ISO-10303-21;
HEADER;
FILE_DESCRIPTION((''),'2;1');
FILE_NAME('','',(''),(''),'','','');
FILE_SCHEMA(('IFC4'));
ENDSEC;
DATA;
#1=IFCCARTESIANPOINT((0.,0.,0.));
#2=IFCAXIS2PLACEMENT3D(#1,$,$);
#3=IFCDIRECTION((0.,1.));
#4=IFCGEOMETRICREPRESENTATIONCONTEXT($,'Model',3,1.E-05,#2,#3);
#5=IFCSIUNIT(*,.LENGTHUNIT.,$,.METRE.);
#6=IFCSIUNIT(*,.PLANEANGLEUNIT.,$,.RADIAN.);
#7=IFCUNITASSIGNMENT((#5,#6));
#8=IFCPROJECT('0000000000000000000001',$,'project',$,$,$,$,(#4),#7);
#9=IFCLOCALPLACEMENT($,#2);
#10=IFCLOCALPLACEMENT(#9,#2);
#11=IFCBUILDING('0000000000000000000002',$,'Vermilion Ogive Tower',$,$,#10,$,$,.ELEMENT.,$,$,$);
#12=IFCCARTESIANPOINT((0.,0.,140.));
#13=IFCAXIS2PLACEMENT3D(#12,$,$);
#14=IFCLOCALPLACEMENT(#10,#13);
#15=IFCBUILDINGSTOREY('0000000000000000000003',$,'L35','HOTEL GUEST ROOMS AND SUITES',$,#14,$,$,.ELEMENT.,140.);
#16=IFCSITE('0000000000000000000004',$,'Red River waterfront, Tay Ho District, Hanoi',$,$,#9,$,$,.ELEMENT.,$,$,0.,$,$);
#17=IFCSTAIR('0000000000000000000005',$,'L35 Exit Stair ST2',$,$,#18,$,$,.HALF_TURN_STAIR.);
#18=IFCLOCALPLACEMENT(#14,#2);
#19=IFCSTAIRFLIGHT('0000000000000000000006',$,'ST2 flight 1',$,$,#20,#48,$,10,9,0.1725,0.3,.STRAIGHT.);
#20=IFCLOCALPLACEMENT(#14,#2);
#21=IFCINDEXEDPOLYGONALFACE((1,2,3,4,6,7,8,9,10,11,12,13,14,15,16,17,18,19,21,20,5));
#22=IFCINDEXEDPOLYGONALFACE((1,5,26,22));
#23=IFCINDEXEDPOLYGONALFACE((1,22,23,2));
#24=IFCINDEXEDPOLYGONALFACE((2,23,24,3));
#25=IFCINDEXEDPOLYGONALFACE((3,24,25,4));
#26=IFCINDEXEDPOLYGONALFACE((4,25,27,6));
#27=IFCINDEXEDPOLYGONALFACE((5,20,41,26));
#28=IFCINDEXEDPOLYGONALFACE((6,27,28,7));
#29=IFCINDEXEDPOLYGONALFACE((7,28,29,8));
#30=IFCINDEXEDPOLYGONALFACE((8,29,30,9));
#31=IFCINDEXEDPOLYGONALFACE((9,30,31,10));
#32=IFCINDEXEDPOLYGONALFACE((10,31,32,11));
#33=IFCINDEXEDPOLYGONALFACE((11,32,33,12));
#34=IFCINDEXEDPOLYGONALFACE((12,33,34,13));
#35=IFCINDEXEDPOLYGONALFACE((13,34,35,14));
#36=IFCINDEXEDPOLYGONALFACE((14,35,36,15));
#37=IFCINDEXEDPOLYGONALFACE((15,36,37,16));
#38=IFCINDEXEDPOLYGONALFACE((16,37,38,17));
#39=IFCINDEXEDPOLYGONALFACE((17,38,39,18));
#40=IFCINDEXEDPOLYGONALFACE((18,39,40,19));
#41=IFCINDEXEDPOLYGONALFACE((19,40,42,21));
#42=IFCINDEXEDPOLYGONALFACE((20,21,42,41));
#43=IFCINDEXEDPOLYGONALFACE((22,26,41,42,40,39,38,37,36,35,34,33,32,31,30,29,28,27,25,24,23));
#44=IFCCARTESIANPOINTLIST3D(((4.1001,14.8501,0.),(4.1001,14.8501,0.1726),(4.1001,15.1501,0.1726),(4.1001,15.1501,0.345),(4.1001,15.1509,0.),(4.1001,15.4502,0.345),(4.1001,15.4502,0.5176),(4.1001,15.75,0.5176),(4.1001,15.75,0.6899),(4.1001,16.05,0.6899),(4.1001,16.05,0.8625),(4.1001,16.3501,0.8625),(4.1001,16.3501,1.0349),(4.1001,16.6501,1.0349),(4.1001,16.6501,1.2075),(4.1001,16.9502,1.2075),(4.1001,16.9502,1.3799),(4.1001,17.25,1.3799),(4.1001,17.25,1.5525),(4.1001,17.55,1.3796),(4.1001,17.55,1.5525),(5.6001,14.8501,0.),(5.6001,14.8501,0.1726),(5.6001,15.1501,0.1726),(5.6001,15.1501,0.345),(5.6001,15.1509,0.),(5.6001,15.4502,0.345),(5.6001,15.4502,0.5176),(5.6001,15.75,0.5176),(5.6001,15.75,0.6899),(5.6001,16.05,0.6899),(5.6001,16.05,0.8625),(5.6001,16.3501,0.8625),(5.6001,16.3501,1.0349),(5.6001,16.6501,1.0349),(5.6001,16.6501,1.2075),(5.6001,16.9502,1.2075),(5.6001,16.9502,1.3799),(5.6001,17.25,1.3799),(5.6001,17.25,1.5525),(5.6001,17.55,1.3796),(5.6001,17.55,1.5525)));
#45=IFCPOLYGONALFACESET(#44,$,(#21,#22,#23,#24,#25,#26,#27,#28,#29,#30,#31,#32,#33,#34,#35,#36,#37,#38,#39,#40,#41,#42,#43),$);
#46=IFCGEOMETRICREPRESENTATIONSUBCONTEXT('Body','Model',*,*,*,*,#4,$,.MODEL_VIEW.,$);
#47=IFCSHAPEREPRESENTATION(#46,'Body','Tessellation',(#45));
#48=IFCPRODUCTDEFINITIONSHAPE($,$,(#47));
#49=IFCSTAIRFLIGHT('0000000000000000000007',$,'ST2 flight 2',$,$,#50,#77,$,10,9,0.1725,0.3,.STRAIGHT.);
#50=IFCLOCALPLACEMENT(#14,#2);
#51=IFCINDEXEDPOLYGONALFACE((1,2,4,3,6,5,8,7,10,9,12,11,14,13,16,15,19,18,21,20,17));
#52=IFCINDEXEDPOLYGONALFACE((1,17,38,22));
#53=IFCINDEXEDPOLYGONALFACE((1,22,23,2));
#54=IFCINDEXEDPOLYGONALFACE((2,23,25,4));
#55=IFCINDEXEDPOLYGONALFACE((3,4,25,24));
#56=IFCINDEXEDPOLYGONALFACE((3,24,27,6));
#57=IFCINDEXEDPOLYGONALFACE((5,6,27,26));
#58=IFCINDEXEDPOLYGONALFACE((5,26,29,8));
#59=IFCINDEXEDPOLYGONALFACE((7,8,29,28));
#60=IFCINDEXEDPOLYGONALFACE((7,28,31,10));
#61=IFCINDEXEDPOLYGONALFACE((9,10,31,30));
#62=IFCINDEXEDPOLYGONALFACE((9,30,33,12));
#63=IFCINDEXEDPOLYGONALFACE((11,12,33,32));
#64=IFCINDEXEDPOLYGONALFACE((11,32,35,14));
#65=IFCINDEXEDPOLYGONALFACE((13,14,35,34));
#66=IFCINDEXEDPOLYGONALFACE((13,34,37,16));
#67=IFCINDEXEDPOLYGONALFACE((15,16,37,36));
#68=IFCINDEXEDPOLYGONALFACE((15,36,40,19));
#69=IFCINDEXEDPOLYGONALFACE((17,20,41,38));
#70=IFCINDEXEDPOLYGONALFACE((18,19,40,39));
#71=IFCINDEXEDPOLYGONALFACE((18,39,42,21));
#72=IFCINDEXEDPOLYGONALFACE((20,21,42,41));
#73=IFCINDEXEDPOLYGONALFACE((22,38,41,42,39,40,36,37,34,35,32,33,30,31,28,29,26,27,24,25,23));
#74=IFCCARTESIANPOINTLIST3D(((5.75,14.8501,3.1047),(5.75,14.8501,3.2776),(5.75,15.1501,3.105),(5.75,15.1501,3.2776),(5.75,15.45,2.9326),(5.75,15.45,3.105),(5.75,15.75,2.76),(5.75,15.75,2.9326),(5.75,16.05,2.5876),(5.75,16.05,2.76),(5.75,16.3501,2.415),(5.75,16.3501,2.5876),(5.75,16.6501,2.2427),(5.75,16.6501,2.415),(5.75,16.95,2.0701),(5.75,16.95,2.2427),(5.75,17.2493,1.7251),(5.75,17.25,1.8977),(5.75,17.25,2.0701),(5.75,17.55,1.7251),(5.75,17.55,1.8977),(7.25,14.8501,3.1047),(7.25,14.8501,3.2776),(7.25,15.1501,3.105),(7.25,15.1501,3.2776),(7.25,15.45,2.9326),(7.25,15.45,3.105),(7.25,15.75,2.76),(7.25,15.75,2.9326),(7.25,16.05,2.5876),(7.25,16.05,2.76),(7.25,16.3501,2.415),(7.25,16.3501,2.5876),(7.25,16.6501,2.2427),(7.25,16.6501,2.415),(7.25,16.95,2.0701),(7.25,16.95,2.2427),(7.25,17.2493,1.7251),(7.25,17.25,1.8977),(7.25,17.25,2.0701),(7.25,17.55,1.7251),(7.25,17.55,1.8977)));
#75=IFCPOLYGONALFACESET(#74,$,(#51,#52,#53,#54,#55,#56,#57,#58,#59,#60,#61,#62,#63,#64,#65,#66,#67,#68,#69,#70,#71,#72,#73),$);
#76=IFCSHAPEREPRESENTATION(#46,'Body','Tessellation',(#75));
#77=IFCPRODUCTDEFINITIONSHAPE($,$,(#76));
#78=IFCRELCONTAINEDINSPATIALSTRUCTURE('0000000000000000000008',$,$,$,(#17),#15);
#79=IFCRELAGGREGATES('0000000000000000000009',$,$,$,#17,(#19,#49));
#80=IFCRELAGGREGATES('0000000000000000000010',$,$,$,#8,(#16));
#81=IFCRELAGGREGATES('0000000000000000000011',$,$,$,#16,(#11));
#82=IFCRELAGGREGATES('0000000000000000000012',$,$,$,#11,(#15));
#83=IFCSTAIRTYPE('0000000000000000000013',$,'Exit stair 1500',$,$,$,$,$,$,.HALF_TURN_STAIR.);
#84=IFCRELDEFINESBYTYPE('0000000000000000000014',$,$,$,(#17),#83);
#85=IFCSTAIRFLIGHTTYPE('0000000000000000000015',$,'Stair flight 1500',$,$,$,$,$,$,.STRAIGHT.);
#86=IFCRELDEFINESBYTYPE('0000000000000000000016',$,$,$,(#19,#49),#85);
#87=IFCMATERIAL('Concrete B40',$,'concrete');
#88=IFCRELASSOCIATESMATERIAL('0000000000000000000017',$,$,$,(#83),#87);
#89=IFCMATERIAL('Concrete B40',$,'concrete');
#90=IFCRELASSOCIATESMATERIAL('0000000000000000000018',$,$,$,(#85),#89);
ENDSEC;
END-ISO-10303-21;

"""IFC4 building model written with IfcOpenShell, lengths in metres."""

from ifc_helpers import new_model, si_unit, direction, frame, origin, place, context, subcontext, project, spatial, polyline, outline, extrude, material, type_object, element, aggregate, save


model = new_model("IFC4")

# Units and contexts
model_context = context("Model", 3, precision=1e-05, world=origin(), true_north=direction((0.0, 1.0)))
body_context = subcontext(model_context, "Body", "Model", "MODEL_VIEW")
ifc_project = project(units=[si_unit("LENGTHUNIT", "METRE"), si_unit("PLANEANGLEUNIT", "RADIAN")], contexts=[model_context])

# Site, building, storey
site_placement = place(None, origin())
site = spatial("IfcSite", under=ifc_project, at=site_placement, Name="Red River waterfront, Tay Ho District, Hanoi", CompositionType="ELEMENT", RefElevation=0.0)
building_placement = place(site_placement, origin())
building = spatial("IfcBuilding", under=site, at=building_placement, Name="Vermilion Ogive Tower", CompositionType="ELEMENT")
storey_placement = place(building_placement, frame((0.0, 0.0, 140.0)))
storey = spatial("IfcBuildingStorey", under=building, at=storey_placement, Name="L35", Description="HOTEL GUEST ROOMS AND SUITES", CompositionType="ELEMENT", Elevation=140.0)

# Stair, stair flights
ifc_material_1 = material(Name="Concrete B40", Category="concrete")
stair_type = type_object("IfcStairType", Name="Exit stair 1500", PredefinedType="HALF_TURN_STAIR", material=ifc_material_1)
stair_placement = place(storey_placement, origin())
stair = element("IfcStair", 1, at=stair_placement, inside=storey, type_object=stair_type, Name="L35 Exit Stair ST2", PredefinedType="HALF_TURN_STAIR")
ifc_material_2 = material(Name="Concrete B40", Category="concrete")
stair_flight_type = type_object("IfcStairFlightType", Name="Stair flight 1500", PredefinedType="STRAIGHT", material=ifc_material_2)
stair_flight_1_placement = place(storey_placement, frame((4.8501, 14.8501, 0.0), z_axis=(0.0, 0.0, 1.0), x_axis=(0.0, 1.0, 0.0)))
stair_flight_1 = element("IfcStairFlight", 2, at=stair_flight_1_placement, type_object=stair_flight_type, Name="ST2 flight 1", NumberOfRisers=10, NumberOfTreads=9, PredefinedType="STRAIGHT", RiserHeight=0.1725, TreadLength=0.3, context=body_context, shape_type="SweptSolid", body=[
    extrude(outline(polyline([(0.0, 0.0), (0.0, 0.1726), (0.3, 0.1726), (0.3, 0.345), (0.6001, 0.345), (0.6001, 0.5176), (0.8999, 0.5176), (0.8999, 0.6899), (1.2, 0.6899), (1.2, 0.8625), (1.5, 0.8625), (1.5, 1.0349), (1.8, 1.0349), (1.8, 1.2075), (2.1001, 1.2075), (2.1001, 1.3799), (2.3999, 1.3799), (2.3999, 1.5525), (2.7, 1.5525), (2.7, 1.7251), (2.7, 1.3796), (0.3008, 0.0), (0.0, 0.0)])), frame((0.0, 0.75, 0.0), z_axis=(0.0, -1.0, 0.0), x_axis=(1.0, 0.0, 0.0)), (0.0, 0.0, 1.0), 1.5),
])
stair_flight_2_placement = place(storey_placement, frame((6.5, 17.55, 1.7251), z_axis=(0.0, 0.0, 1.0), x_axis=(0.0, -1.0, 0.0)))
stair_flight_2 = element("IfcStairFlight", 3, at=stair_flight_2_placement, type_object=stair_flight_type, Name="ST2 flight 2", NumberOfRisers=10, NumberOfTreads=9, PredefinedType="STRAIGHT", RiserHeight=0.1725, TreadLength=0.3, context=body_context, shape_type="SweptSolid", body=[
    extrude(outline(polyline([(0.0, 0.0), (0.0, 0.1726), (0.3, 0.1726), (0.3, 0.345), (0.6001, 0.345), (0.6001, 0.5176), (0.8999, 0.5176), (0.8999, 0.6899), (1.2, 0.6899), (1.2, 0.8625), (1.5, 0.8625), (1.5, 1.0349), (1.8, 1.0349), (1.8, 1.2075), (2.1001, 1.2075), (2.1001, 1.3799), (2.3999, 1.3799), (2.3999, 1.5525), (2.7, 1.5525), (2.7, 1.7251), (2.7, 1.3796), (0.3008, 0.0), (0.0, 0.0)])), frame((0.0, 0.75, 0.0), z_axis=(0.0, -1.0, 0.0), x_axis=(1.0, 0.0, 0.0)), (0.0, 0.0, 1.0), 1.5),
])
aggregate(stair, [stair_flight_1, stair_flight_2])

save(model, "model.ifc")
